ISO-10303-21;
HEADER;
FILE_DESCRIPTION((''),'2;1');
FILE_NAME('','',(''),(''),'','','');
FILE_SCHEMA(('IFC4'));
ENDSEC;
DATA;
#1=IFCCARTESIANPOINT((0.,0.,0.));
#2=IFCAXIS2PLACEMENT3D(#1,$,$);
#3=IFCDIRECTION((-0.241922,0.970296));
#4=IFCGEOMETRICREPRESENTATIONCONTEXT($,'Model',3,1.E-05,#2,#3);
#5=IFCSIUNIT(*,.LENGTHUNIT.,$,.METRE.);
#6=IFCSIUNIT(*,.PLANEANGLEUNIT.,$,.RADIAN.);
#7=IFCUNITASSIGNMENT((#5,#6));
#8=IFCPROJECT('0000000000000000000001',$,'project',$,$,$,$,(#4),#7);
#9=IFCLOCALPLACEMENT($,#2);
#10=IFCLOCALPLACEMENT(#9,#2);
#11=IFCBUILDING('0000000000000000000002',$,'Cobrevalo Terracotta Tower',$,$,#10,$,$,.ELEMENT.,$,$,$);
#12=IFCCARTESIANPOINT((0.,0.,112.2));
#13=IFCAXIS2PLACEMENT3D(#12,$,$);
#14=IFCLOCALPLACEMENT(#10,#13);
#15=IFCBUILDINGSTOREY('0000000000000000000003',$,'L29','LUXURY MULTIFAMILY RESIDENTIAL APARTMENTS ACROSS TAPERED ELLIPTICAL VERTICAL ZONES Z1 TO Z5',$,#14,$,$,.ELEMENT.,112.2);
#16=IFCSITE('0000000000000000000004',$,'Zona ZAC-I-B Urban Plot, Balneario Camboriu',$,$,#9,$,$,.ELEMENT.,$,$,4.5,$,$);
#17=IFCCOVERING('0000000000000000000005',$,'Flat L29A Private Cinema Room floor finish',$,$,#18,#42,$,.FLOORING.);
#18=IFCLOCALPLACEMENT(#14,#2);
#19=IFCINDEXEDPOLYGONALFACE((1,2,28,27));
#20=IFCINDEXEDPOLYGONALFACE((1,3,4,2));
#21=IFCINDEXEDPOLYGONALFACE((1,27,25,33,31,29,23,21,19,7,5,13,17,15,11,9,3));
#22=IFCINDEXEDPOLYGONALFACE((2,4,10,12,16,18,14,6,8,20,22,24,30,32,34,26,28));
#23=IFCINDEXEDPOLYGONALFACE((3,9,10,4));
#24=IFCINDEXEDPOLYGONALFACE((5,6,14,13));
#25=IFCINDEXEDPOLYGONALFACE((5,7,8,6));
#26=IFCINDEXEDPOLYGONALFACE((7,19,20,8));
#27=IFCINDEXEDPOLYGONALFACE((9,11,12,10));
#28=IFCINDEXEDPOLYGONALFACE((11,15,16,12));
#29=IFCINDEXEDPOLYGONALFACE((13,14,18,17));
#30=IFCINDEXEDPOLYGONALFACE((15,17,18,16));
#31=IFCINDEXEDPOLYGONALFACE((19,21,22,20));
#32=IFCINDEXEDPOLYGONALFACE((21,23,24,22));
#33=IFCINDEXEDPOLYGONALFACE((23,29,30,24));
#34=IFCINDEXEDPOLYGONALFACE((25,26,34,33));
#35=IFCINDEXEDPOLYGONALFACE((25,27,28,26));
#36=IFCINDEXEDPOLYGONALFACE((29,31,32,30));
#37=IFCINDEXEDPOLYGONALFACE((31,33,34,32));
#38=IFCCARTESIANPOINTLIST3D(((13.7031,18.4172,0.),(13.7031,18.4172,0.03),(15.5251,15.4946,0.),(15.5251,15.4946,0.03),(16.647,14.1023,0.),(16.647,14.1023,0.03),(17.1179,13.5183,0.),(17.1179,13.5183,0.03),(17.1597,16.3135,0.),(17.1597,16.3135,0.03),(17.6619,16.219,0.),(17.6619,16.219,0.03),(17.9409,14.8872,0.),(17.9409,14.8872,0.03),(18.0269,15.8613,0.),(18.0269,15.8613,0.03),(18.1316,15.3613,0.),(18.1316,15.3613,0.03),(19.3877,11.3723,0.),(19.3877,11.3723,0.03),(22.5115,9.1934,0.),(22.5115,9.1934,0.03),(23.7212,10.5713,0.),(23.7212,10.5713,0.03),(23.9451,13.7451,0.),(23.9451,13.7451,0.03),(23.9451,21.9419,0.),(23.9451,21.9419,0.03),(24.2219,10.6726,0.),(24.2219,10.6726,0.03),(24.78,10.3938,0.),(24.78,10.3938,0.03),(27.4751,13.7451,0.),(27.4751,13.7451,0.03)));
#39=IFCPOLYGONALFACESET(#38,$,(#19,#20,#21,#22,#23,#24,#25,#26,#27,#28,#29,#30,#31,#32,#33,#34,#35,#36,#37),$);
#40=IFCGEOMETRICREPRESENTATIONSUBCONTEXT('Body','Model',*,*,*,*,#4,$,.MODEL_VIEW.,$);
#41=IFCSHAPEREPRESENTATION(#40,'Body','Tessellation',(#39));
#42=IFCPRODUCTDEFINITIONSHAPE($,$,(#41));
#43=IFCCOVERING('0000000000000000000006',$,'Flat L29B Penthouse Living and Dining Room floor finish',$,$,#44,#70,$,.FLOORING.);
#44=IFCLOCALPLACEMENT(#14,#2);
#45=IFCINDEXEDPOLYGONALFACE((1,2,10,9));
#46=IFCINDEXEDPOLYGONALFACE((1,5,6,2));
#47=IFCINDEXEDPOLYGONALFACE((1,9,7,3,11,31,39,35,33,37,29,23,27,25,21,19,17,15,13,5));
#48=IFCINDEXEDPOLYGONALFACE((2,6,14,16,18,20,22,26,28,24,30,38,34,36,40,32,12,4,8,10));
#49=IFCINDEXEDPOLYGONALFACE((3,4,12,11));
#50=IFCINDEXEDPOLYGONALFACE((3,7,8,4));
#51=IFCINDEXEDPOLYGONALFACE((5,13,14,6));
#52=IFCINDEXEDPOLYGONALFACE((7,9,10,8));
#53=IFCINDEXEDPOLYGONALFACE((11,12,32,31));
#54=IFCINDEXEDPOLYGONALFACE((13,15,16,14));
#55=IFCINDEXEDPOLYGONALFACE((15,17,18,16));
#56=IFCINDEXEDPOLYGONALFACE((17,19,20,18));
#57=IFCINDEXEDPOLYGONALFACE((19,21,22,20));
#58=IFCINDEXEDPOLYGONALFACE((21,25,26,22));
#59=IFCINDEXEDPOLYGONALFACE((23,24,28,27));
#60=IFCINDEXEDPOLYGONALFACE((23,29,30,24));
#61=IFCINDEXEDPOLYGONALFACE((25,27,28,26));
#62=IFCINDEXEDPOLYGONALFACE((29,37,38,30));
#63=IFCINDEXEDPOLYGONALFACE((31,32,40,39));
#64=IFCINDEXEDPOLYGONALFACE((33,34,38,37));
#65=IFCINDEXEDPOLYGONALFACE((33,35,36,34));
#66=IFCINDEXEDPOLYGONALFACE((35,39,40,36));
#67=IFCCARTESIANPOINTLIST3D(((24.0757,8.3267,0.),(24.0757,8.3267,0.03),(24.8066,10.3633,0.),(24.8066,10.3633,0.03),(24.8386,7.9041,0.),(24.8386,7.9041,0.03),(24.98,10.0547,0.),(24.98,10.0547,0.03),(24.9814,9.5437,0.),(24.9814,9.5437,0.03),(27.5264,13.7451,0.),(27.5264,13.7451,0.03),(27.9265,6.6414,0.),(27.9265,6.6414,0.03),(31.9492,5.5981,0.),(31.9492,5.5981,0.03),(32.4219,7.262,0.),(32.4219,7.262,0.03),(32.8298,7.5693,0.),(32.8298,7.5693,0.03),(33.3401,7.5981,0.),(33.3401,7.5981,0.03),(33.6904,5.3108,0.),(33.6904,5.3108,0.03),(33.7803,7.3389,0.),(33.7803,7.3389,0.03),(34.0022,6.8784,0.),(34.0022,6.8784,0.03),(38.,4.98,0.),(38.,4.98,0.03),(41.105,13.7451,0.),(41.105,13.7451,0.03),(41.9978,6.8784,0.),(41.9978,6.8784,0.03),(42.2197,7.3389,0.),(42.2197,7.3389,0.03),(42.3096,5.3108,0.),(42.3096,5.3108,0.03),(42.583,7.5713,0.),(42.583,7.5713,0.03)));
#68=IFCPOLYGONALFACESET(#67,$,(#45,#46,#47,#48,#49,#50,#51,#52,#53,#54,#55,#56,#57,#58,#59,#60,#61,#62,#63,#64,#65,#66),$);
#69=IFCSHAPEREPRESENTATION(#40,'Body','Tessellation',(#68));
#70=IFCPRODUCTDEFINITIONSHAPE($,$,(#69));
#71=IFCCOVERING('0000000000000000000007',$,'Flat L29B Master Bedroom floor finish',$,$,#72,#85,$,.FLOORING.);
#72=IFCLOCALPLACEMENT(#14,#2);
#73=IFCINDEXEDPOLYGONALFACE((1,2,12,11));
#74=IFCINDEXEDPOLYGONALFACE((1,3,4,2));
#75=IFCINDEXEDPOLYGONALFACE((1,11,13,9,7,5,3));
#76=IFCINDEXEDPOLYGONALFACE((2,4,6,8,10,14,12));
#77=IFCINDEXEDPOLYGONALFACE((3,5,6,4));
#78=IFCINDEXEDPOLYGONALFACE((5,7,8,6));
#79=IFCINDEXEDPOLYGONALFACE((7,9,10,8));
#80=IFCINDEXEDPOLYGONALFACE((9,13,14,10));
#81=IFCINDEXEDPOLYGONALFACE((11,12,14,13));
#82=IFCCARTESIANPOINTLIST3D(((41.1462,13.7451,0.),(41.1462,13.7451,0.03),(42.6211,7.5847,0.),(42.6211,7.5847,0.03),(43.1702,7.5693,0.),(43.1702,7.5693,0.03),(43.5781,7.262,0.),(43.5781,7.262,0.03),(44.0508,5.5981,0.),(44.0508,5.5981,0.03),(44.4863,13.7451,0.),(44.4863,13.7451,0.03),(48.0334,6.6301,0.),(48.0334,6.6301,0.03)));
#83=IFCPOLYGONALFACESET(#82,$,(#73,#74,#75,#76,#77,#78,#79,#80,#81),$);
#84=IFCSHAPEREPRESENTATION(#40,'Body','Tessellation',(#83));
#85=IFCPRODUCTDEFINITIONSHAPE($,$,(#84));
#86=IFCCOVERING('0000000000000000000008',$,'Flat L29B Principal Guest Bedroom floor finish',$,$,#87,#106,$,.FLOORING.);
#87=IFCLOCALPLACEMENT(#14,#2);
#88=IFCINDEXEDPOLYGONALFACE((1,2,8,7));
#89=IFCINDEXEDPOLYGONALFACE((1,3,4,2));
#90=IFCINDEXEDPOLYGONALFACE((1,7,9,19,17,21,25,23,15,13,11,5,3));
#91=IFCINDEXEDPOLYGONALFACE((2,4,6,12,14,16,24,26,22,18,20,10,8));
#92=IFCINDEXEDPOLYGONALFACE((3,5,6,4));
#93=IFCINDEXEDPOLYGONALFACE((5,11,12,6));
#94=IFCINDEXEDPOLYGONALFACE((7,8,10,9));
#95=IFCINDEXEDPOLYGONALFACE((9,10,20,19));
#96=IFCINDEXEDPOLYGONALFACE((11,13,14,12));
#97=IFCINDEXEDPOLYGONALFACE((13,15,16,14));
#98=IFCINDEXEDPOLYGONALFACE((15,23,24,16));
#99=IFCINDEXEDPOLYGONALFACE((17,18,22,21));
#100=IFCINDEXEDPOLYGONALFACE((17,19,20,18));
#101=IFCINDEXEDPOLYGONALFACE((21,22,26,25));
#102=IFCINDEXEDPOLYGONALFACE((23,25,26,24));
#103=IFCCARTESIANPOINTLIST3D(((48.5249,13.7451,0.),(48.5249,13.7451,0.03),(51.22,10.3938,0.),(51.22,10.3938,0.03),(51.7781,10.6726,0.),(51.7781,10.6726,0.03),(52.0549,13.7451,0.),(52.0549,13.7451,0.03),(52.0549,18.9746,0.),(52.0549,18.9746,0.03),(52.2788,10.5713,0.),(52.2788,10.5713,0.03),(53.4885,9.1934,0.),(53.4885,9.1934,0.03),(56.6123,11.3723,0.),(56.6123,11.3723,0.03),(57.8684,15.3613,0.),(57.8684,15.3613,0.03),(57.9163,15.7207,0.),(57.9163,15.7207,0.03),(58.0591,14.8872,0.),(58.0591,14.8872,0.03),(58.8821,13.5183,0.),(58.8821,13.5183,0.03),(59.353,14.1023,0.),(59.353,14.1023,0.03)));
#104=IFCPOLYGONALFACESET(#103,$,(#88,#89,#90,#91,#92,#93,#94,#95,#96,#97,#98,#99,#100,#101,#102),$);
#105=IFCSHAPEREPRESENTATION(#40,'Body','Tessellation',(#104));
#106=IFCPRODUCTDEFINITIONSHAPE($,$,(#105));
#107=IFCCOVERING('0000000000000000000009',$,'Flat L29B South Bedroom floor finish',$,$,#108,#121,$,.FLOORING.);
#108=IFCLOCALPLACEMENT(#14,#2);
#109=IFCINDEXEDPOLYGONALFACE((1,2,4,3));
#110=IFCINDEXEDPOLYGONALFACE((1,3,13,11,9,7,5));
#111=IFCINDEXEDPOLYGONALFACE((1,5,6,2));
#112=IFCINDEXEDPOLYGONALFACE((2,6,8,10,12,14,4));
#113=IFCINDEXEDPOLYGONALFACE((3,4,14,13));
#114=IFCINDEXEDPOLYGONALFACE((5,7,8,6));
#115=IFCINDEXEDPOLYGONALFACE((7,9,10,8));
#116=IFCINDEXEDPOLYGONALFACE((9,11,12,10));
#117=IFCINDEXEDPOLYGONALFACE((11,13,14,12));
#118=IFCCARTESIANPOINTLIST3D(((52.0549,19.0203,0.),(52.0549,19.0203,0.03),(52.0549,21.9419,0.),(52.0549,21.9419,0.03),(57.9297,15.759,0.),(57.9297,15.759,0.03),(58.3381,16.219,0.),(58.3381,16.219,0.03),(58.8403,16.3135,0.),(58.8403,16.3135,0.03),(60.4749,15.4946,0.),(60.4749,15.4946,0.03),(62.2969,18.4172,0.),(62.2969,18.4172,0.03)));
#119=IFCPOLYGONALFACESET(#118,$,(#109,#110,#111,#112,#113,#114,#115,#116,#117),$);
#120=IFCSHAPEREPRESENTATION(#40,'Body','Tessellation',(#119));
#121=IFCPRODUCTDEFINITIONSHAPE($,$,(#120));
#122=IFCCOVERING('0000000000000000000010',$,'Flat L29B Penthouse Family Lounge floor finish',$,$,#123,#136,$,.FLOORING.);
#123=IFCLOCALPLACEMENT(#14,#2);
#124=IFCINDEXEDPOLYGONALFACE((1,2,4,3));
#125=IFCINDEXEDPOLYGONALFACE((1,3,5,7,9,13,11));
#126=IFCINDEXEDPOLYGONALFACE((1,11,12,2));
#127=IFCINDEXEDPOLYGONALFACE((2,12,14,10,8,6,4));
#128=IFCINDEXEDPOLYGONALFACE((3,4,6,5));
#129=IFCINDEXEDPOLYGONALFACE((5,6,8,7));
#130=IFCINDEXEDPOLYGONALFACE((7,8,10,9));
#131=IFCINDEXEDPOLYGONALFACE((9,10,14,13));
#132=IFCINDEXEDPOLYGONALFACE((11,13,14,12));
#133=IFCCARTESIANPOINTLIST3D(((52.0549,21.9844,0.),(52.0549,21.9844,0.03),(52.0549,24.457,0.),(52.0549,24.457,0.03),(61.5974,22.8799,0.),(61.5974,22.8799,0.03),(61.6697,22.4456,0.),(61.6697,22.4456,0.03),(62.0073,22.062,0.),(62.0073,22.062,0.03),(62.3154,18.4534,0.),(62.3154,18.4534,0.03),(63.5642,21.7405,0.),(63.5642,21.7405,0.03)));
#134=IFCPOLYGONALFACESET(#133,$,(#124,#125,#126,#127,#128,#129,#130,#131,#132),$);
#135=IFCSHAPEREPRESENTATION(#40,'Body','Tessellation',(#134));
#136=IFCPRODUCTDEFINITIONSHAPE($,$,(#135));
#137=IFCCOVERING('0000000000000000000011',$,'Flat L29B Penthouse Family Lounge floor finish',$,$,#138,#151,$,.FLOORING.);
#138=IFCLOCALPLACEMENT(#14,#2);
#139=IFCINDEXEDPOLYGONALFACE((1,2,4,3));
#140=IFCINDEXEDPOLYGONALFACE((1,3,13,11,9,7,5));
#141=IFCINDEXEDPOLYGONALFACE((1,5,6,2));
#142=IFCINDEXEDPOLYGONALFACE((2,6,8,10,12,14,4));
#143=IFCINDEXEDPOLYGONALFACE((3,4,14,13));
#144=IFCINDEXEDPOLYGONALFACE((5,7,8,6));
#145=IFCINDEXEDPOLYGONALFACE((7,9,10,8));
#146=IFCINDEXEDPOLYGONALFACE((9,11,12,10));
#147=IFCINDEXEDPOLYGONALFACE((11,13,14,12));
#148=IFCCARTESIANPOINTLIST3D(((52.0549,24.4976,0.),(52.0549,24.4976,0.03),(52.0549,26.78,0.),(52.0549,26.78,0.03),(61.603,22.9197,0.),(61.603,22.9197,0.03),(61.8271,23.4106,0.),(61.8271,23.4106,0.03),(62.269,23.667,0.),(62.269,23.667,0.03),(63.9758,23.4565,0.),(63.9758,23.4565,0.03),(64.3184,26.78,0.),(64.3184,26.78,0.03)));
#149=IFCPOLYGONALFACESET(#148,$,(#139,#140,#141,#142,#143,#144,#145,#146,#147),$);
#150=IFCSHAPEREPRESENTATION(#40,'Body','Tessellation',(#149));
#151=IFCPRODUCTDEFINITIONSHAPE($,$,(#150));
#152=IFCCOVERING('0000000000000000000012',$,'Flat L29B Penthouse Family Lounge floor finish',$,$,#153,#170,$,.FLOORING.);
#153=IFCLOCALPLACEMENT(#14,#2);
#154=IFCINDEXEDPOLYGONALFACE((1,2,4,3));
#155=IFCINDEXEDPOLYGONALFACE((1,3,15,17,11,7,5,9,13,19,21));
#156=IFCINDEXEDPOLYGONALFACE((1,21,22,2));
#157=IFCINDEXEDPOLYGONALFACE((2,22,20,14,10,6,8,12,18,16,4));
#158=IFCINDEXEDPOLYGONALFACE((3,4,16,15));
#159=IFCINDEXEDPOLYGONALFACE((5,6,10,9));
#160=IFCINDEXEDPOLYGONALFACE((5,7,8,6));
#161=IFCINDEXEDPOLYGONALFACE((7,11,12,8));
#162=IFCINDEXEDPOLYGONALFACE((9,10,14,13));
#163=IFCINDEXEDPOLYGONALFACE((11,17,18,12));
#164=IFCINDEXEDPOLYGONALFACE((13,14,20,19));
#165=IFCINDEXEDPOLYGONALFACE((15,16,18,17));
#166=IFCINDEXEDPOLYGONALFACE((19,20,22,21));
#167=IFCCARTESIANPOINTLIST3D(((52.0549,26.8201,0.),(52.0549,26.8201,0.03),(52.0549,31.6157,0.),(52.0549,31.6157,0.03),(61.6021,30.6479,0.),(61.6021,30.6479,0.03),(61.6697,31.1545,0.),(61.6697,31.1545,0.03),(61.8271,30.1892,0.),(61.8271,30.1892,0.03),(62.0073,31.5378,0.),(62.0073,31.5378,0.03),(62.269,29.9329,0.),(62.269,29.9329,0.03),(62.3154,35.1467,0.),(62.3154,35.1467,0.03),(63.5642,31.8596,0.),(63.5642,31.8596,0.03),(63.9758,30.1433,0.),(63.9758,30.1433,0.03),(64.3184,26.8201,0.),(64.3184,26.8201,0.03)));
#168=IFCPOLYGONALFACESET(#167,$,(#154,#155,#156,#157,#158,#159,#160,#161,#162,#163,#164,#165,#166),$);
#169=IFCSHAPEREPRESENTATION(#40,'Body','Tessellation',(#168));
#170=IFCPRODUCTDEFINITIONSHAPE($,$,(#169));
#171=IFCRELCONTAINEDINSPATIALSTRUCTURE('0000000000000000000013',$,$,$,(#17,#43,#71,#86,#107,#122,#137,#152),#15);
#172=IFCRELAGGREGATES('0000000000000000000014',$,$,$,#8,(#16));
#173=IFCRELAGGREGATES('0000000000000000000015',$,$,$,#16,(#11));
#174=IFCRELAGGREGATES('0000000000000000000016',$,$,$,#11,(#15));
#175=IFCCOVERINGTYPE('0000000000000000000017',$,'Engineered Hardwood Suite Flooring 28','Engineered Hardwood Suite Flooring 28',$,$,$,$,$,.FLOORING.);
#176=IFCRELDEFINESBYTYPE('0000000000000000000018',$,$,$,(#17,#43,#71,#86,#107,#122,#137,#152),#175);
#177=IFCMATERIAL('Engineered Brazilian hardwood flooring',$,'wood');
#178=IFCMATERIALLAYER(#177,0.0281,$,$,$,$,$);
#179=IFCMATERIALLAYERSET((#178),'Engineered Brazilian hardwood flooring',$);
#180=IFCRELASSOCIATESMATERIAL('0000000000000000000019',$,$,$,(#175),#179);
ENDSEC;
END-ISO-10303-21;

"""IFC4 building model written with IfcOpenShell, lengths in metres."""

from ifc_helpers import new_model, si_unit, direction, frame, origin, place, context, subcontext, project, spatial, polyline, outline, extrude, material, layer, layer_set, type_object, element, save


model = new_model("IFC4")

# Units and contexts
model_context = context("Model", 3, precision=1e-05, world=origin(), true_north=direction((-0.241922, 0.970296)))
body_context = subcontext(model_context, "Body", "Model", "MODEL_VIEW")
ifc_project = project(units=[si_unit("LENGTHUNIT", "METRE"), si_unit("PLANEANGLEUNIT", "RADIAN")], contexts=[model_context])

# Site, building, storey
site_placement = place(None, origin())
site = spatial("IfcSite", under=ifc_project, at=site_placement, Name="Zona ZAC-I-B Urban Plot, Balneario Camboriu", CompositionType="ELEMENT", RefElevation=4.5)
building_placement = place(site_placement, origin())
building = spatial("IfcBuilding", under=site, at=building_placement, Name="Cobrevalo Terracotta Tower", CompositionType="ELEMENT")
storey_placement = place(building_placement, frame((0.0, 0.0, 112.2)))
storey = spatial("IfcBuildingStorey", under=building, at=storey_placement, Name="L29", Description="LUXURY MULTIFAMILY RESIDENTIAL APARTMENTS ACROSS TAPERED ELLIPTICAL VERTICAL ZONES Z1 TO Z5", CompositionType="ELEMENT", Elevation=112.2)

# Coverings
ifc_material_1 = material(Name="Engineered Brazilian hardwood flooring", Category="wood")
ifc_layer_1 = layer(ifc_material_1, 0.0281)
ifc_layer_set_1 = layer_set([ifc_layer_1], Name="Engineered Brazilian hardwood flooring")
covering_type_1 = type_object("IfcCoveringType", Name="Engineered Hardwood Suite Flooring 28", Description="Engineered Hardwood Suite Flooring 28", PredefinedType="FLOORING", material=ifc_layer_set_1)
covering_1_placement = place(storey_placement, origin())
element("IfcCovering", 1, at=covering_1_placement, inside=storey, type_object=covering_type_1, Name="Flat L29A Private Cinema Room floor finish", PredefinedType="FLOORING", context=body_context, shape_type="SweptSolid", body=[
    extrude(outline(polyline([(16.647, 14.1023), (17.9409, 14.8872), (18.1316, 15.3613), (18.0269, 15.8613), (17.6619, 16.219), (17.1597, 16.3135), (15.5251, 15.4946), (13.7031, 18.4172), (23.9451, 21.9419), (23.9451, 13.7451), (27.4751, 13.7451), (24.78, 10.3938), (24.2219, 10.6726), (23.7212, 10.5713), (22.5115, 9.1934), (19.3877, 11.3723), (17.1179, 13.5183), (16.647, 14.1023)])), origin(), (0.0, 0.0, 1.0), 0.03),
])
covering_2_placement = place(storey_placement, origin())
element("IfcCovering", 2, at=covering_2_placement, inside=storey, type_object=covering_type_1, Name="Flat L29B Penthouse Living and Dining Room floor finish", PredefinedType="FLOORING", context=body_context, shape_type="SweptSolid", body=[
    extrude(outline(polyline([(38.0, 4.98), (33.6904, 5.3108), (34.0022, 6.8784), (33.7803, 7.3389), (33.3401, 7.5981), (32.8298, 7.5693), (32.4219, 7.262), (31.9492, 5.5981), (27.9265, 6.6414), (24.8386, 7.9041), (24.0757, 8.3267), (24.9814, 9.5437), (24.98, 10.0547), (24.8066, 10.3633), (27.5264, 13.7451), (41.105, 13.7451), (42.583, 7.5713), (42.2197, 7.3389), (41.9978, 6.8784), (42.3096, 5.3108), (38.0, 4.98)])), origin(), (0.0, 0.0, 1.0), 0.03),
])
covering_3_placement = place(storey_placement, origin())
element("IfcCovering", 3, at=covering_3_placement, inside=storey, type_object=covering_type_1, Name="Flat L29B Master Bedroom floor finish", PredefinedType="FLOORING", context=body_context, shape_type="SweptSolid", body=[
    extrude(outline(polyline([(44.0508, 5.5981), (43.5781, 7.262), (43.1702, 7.5693), (42.6211, 7.5847), (41.1462, 13.7451), (44.4863, 13.7451), (48.0334, 6.6301), (44.0508, 5.5981)])), origin(), (0.0, 0.0, 1.0), 0.03),
])
covering_4_placement = place(storey_placement, origin())
element("IfcCovering", 4, at=covering_4_placement, inside=storey, type_object=covering_type_1, Name="Flat L29B Principal Guest Bedroom floor finish", PredefinedType="FLOORING", context=body_context, shape_type="SweptSolid", body=[
    extrude(outline(polyline([(56.6123, 11.3723), (53.4885, 9.1934), (52.2788, 10.5713), (51.7781, 10.6726), (51.22, 10.3938), (48.5249, 13.7451), (52.0549, 13.7451), (52.0549, 18.9746), (57.9163, 15.7207), (57.8684, 15.3613), (58.0591, 14.8872), (59.353, 14.1023), (58.8821, 13.5183), (56.6123, 11.3723)])), origin(), (0.0, 0.0, 1.0), 0.03),
])
covering_5_placement = place(storey_placement, origin())
element("IfcCovering", 5, at=covering_5_placement, inside=storey, type_object=covering_type_1, Name="Flat L29B South Bedroom floor finish", PredefinedType="FLOORING", context=body_context, shape_type="SweptSolid", body=[
    extrude(outline(polyline([(60.4749, 15.4946), (58.8403, 16.3135), (58.3381, 16.219), (57.9297, 15.759), (52.0549, 19.0203), (52.0549, 21.9419), (62.2969, 18.4172), (60.4749, 15.4946)])), origin(), (0.0, 0.0, 1.0), 0.03),
])
covering_6_placement = place(storey_placement, origin())
element("IfcCovering", 6, at=covering_6_placement, inside=storey, type_object=covering_type_1, Name="Flat L29B Penthouse Family Lounge floor finish", PredefinedType="FLOORING", context=body_context, shape_type="SweptSolid", body=[
    extrude(outline(polyline([(52.0549, 21.9844), (52.0549, 24.457), (61.5974, 22.8799), (61.6697, 22.4456), (62.0073, 22.062), (63.5642, 21.7405), (62.3154, 18.4534), (52.0549, 21.9844)])), origin(), (0.0, 0.0, 1.0), 0.03),
])
covering_7_placement = place(storey_placement, origin())
element("IfcCovering", 7, at=covering_7_placement, inside=storey, type_object=covering_type_1, Name="Flat L29B Penthouse Family Lounge floor finish", PredefinedType="FLOORING", context=body_context, shape_type="SweptSolid", body=[
    extrude(outline(polyline([(64.3184, 26.78), (63.9758, 23.4565), (62.269, 23.667), (61.8271, 23.4106), (61.603, 22.9197), (52.0549, 24.4976), (52.0549, 26.78), (64.3184, 26.78)])), origin(), (0.0, 0.0, 1.0), 0.03),
])
covering_8_placement = place(storey_placement, origin())
element("IfcCovering", 8, at=covering_8_placement, inside=storey, type_object=covering_type_1, Name="Flat L29B Penthouse Family Lounge floor finish", PredefinedType="FLOORING", context=body_context, shape_type="SweptSolid", body=[
    extrude(outline(polyline([(62.3154, 35.1467), (63.5642, 31.8596), (62.0073, 31.5378), (61.6697, 31.1545), (61.6021, 30.6479), (61.8271, 30.1892), (62.269, 29.9329), (63.9758, 30.1433), (64.3184, 26.8201), (52.0549, 26.8201), (52.0549, 31.6157), (62.3154, 35.1467)])), origin(), (0.0, 0.0, 1.0), 0.03),
])

save(model, "model.ifc")
